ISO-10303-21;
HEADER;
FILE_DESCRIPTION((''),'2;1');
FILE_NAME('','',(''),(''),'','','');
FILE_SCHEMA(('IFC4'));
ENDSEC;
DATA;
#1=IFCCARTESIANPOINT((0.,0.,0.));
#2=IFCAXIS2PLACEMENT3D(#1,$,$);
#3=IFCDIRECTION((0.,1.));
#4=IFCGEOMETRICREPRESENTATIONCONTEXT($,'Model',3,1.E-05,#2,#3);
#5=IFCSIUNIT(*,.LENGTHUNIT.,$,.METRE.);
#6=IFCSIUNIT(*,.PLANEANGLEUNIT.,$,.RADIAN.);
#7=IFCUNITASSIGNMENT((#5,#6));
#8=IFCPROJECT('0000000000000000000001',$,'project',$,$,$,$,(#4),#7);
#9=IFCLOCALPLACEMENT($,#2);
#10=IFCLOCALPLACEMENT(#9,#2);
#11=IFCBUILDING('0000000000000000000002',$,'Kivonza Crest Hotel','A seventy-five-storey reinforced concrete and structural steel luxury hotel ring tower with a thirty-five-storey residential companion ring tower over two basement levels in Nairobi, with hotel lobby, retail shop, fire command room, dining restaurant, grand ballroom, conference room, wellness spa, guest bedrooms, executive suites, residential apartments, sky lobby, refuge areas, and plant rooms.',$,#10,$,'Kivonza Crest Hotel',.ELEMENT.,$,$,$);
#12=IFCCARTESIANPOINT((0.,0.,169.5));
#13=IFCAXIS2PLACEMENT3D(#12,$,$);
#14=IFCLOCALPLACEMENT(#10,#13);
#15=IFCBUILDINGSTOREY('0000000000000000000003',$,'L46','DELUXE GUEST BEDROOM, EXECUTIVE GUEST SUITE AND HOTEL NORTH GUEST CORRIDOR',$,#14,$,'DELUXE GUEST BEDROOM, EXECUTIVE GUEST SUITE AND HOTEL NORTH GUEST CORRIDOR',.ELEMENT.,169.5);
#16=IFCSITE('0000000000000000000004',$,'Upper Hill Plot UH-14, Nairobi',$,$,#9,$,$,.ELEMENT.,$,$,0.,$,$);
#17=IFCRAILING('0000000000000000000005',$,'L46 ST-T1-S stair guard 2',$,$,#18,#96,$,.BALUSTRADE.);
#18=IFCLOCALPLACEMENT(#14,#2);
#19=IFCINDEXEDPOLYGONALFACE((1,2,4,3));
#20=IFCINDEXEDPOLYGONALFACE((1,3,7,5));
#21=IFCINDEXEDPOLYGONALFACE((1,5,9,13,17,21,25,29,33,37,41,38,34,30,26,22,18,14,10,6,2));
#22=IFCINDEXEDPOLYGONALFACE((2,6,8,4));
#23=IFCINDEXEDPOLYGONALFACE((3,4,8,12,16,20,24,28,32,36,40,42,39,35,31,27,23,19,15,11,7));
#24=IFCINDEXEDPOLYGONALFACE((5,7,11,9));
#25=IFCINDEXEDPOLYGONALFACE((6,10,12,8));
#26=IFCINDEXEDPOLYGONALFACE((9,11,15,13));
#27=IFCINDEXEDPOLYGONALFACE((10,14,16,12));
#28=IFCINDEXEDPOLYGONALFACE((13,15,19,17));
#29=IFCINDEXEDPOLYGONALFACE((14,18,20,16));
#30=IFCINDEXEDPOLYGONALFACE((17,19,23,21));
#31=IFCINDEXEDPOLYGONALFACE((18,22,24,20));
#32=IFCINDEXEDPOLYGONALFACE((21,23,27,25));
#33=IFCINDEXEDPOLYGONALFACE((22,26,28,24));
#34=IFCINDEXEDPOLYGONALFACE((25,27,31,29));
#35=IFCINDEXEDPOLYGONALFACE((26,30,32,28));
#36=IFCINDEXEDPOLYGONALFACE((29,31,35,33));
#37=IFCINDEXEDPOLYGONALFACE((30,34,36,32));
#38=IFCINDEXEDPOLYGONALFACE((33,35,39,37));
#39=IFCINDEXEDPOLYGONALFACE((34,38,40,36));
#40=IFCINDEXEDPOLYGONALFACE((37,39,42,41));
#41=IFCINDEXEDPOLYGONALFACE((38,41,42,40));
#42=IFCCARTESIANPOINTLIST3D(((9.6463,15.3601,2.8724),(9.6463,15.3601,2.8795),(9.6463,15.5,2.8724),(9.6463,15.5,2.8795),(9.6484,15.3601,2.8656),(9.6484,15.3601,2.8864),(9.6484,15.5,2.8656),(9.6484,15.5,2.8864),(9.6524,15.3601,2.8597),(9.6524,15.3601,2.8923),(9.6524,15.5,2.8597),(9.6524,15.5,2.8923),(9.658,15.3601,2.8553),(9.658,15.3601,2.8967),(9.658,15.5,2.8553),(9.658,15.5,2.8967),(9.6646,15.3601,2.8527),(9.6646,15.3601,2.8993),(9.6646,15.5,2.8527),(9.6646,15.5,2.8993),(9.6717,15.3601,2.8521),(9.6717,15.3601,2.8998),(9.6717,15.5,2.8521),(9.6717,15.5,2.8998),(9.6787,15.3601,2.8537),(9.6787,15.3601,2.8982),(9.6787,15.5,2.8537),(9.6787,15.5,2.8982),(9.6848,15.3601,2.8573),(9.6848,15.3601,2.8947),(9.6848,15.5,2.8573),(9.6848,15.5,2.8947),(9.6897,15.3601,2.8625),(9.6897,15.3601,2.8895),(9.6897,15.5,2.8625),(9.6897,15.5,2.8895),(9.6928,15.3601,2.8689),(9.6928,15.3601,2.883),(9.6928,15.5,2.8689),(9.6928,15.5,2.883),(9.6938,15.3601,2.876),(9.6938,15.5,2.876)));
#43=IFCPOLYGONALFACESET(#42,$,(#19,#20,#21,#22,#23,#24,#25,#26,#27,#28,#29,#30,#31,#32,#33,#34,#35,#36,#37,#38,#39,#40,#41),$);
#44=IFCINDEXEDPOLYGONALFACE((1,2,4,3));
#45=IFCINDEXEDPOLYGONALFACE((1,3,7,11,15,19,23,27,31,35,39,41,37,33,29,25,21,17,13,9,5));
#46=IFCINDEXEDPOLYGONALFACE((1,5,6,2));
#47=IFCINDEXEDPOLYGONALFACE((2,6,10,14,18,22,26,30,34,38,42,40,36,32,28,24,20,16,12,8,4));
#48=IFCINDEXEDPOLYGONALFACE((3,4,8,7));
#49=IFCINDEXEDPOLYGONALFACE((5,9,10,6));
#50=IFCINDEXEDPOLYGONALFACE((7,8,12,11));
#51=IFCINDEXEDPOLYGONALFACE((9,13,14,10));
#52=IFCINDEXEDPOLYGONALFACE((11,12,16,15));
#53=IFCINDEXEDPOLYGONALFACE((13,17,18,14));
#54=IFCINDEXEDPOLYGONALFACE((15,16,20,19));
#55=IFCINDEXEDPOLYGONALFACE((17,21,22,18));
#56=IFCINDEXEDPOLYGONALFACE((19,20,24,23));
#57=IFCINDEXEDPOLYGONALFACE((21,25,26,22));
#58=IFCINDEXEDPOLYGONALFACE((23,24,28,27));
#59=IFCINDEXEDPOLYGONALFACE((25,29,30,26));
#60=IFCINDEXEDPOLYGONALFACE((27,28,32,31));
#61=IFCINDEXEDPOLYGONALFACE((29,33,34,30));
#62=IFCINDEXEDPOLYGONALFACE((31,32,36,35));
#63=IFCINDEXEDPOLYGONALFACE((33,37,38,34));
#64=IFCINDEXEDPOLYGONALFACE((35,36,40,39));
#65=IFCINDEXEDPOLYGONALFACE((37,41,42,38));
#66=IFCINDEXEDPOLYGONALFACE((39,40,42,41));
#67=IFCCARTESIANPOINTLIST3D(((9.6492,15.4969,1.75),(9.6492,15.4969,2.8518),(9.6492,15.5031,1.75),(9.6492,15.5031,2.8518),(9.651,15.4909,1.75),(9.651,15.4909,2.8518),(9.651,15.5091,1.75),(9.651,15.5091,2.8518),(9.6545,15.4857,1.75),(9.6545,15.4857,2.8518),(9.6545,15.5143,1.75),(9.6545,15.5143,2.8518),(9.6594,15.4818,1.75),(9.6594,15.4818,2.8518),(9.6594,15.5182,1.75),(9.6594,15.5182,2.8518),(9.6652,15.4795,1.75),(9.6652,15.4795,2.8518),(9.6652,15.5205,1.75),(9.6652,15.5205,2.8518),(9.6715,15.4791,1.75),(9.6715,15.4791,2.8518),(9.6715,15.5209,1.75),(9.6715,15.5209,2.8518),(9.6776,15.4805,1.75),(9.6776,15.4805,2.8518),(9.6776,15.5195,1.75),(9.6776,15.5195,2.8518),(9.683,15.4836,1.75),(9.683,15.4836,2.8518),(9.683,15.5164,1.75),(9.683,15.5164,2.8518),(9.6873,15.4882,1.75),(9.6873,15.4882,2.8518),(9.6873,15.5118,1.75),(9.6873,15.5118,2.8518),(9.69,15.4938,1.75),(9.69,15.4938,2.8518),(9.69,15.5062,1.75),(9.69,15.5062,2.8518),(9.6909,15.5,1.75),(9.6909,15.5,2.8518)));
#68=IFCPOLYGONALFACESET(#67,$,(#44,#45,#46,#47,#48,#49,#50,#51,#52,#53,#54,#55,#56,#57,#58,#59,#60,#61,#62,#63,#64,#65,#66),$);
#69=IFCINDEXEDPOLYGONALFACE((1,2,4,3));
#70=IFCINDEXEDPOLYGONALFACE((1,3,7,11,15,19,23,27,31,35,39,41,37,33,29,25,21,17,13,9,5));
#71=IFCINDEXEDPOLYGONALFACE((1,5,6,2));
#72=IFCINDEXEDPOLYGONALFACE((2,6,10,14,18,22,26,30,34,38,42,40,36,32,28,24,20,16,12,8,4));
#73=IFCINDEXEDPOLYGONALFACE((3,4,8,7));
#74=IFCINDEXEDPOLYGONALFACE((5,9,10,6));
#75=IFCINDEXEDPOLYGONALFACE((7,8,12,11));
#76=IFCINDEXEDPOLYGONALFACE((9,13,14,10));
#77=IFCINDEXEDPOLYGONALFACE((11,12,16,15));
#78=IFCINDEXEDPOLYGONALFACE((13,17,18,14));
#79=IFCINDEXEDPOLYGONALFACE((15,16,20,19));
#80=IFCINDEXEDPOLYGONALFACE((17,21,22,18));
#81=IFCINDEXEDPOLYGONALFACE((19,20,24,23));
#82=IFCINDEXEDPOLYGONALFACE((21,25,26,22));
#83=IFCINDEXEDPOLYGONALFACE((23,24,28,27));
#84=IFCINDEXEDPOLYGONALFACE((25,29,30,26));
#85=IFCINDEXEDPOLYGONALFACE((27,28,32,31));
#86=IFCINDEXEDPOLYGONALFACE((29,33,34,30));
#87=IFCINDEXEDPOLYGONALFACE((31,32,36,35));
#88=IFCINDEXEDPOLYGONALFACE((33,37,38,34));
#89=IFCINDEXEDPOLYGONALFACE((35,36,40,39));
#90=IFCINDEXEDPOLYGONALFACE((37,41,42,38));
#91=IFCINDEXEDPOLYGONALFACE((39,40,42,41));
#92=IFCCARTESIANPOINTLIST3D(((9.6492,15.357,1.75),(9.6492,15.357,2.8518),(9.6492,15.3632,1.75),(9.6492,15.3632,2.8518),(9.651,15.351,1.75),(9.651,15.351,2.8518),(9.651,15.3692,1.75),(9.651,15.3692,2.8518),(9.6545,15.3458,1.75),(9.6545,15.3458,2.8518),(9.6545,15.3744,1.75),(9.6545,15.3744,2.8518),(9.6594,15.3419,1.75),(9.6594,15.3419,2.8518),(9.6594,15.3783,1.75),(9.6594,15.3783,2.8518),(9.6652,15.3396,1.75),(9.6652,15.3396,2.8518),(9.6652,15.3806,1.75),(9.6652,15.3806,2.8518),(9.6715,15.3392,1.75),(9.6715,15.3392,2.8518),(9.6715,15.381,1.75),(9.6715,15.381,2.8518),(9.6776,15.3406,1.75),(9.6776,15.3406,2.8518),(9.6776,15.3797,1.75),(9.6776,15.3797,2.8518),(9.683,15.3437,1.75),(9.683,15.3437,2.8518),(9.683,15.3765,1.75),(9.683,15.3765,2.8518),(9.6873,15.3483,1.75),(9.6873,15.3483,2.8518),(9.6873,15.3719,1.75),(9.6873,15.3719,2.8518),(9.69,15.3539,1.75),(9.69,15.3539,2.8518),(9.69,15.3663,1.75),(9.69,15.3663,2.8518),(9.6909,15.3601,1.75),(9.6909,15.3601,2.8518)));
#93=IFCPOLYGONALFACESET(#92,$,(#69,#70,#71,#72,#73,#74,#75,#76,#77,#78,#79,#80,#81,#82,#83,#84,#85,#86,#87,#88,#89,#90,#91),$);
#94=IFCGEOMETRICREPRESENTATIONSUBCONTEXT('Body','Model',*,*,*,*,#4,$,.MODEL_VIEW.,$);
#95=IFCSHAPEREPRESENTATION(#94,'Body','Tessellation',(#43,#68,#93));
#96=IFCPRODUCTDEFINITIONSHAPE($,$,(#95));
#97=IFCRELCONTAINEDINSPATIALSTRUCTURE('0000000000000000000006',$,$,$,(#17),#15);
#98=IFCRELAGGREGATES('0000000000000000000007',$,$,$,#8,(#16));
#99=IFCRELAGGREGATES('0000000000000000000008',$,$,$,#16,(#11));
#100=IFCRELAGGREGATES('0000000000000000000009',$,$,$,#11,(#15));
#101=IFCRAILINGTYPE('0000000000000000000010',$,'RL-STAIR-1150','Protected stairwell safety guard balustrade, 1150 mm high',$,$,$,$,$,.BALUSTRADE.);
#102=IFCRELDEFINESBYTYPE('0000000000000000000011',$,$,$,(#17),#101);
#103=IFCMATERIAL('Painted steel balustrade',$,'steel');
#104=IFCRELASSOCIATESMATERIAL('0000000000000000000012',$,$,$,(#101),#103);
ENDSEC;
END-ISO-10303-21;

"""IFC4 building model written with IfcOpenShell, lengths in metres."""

from ifc_helpers import new_model, si_unit, direction, frame, origin, origin_2d, place, context, subcontext, project, spatial, circle, extrude, material, type_object, element, save


model = new_model("IFC4")

# Units and contexts
model_context = context("Model", 3, precision=1e-05, world=origin(), true_north=direction((0.0, 1.0)))
body_context = subcontext(model_context, "Body", "Model", "MODEL_VIEW")
ifc_project = project(units=[si_unit("LENGTHUNIT", "METRE"), si_unit("PLANEANGLEUNIT", "RADIAN")], contexts=[model_context])

# Site, building, storey
site_placement = place(None, origin())
site = spatial("IfcSite", under=ifc_project, at=site_placement, Name="Upper Hill Plot UH-14, Nairobi", CompositionType="ELEMENT", RefElevation=0.0)
building_placement = place(site_placement, origin())
building = spatial("IfcBuilding", under=site, at=building_placement, Name="Kivonza Crest Hotel", Description="A seventy-five-storey reinforced concrete and structural steel luxury hotel ring tower with a thirty-five-storey residential companion ring tower over two basement levels in Nairobi, with hotel lobby, retail shop, fire command room, dining restaurant, grand ballroom, conference room, wellness spa, guest bedrooms, executive suites, residential apartments, sky lobby, refuge areas, and plant rooms.", LongName="Kivonza Crest Hotel", CompositionType="ELEMENT")
storey_placement = place(building_placement, frame((0.0, 0.0, 169.5)))
storey = spatial("IfcBuildingStorey", under=building, at=storey_placement, Name="L46", Description="DELUXE GUEST BEDROOM, EXECUTIVE GUEST SUITE AND HOTEL NORTH GUEST CORRIDOR", LongName="DELUXE GUEST BEDROOM, EXECUTIVE GUEST SUITE AND HOTEL NORTH GUEST CORRIDOR", CompositionType="ELEMENT", Elevation=169.5)

# Railing
ifc_material_1 = material(Name="Painted steel balustrade", Category="steel")
railing_type_1 = type_object("IfcRailingType", Name="RL-STAIR-1150", Description="Protected stairwell safety guard balustrade, 1150 mm high", PredefinedType="BALUSTRADE", material=ifc_material_1)
railing_1_placement = place(storey_placement, frame((9.6699, 15.5, 1.75)))
element("IfcRailing", 1, at=railing_1_placement, inside=storey, type_object=railing_type_1, Name="L46 ST-T1-S stair guard 2", PredefinedType="BALUSTRADE", context=body_context, shape_type="SweptSolid", body=[
    extrude(circle(Radius=0.0239, at=origin_2d()), frame((0.0, 0.0, 1.126), z_axis=(0.0, -1.0, 0.0), x_axis=(1.0, 0.0, 0.0)), (0.0, 0.0, 1.0), 0.1399),
    extrude(circle(Radius=0.021, at=origin_2d()), origin(), (0.0, 0.0, 1.0), 1.1018),
    extrude(circle(Radius=0.021, at=origin_2d()), frame((0.0, -0.1399, 0.0)), (0.0, 0.0, 1.0), 1.1018),
])

save(model, "model.ifc")
